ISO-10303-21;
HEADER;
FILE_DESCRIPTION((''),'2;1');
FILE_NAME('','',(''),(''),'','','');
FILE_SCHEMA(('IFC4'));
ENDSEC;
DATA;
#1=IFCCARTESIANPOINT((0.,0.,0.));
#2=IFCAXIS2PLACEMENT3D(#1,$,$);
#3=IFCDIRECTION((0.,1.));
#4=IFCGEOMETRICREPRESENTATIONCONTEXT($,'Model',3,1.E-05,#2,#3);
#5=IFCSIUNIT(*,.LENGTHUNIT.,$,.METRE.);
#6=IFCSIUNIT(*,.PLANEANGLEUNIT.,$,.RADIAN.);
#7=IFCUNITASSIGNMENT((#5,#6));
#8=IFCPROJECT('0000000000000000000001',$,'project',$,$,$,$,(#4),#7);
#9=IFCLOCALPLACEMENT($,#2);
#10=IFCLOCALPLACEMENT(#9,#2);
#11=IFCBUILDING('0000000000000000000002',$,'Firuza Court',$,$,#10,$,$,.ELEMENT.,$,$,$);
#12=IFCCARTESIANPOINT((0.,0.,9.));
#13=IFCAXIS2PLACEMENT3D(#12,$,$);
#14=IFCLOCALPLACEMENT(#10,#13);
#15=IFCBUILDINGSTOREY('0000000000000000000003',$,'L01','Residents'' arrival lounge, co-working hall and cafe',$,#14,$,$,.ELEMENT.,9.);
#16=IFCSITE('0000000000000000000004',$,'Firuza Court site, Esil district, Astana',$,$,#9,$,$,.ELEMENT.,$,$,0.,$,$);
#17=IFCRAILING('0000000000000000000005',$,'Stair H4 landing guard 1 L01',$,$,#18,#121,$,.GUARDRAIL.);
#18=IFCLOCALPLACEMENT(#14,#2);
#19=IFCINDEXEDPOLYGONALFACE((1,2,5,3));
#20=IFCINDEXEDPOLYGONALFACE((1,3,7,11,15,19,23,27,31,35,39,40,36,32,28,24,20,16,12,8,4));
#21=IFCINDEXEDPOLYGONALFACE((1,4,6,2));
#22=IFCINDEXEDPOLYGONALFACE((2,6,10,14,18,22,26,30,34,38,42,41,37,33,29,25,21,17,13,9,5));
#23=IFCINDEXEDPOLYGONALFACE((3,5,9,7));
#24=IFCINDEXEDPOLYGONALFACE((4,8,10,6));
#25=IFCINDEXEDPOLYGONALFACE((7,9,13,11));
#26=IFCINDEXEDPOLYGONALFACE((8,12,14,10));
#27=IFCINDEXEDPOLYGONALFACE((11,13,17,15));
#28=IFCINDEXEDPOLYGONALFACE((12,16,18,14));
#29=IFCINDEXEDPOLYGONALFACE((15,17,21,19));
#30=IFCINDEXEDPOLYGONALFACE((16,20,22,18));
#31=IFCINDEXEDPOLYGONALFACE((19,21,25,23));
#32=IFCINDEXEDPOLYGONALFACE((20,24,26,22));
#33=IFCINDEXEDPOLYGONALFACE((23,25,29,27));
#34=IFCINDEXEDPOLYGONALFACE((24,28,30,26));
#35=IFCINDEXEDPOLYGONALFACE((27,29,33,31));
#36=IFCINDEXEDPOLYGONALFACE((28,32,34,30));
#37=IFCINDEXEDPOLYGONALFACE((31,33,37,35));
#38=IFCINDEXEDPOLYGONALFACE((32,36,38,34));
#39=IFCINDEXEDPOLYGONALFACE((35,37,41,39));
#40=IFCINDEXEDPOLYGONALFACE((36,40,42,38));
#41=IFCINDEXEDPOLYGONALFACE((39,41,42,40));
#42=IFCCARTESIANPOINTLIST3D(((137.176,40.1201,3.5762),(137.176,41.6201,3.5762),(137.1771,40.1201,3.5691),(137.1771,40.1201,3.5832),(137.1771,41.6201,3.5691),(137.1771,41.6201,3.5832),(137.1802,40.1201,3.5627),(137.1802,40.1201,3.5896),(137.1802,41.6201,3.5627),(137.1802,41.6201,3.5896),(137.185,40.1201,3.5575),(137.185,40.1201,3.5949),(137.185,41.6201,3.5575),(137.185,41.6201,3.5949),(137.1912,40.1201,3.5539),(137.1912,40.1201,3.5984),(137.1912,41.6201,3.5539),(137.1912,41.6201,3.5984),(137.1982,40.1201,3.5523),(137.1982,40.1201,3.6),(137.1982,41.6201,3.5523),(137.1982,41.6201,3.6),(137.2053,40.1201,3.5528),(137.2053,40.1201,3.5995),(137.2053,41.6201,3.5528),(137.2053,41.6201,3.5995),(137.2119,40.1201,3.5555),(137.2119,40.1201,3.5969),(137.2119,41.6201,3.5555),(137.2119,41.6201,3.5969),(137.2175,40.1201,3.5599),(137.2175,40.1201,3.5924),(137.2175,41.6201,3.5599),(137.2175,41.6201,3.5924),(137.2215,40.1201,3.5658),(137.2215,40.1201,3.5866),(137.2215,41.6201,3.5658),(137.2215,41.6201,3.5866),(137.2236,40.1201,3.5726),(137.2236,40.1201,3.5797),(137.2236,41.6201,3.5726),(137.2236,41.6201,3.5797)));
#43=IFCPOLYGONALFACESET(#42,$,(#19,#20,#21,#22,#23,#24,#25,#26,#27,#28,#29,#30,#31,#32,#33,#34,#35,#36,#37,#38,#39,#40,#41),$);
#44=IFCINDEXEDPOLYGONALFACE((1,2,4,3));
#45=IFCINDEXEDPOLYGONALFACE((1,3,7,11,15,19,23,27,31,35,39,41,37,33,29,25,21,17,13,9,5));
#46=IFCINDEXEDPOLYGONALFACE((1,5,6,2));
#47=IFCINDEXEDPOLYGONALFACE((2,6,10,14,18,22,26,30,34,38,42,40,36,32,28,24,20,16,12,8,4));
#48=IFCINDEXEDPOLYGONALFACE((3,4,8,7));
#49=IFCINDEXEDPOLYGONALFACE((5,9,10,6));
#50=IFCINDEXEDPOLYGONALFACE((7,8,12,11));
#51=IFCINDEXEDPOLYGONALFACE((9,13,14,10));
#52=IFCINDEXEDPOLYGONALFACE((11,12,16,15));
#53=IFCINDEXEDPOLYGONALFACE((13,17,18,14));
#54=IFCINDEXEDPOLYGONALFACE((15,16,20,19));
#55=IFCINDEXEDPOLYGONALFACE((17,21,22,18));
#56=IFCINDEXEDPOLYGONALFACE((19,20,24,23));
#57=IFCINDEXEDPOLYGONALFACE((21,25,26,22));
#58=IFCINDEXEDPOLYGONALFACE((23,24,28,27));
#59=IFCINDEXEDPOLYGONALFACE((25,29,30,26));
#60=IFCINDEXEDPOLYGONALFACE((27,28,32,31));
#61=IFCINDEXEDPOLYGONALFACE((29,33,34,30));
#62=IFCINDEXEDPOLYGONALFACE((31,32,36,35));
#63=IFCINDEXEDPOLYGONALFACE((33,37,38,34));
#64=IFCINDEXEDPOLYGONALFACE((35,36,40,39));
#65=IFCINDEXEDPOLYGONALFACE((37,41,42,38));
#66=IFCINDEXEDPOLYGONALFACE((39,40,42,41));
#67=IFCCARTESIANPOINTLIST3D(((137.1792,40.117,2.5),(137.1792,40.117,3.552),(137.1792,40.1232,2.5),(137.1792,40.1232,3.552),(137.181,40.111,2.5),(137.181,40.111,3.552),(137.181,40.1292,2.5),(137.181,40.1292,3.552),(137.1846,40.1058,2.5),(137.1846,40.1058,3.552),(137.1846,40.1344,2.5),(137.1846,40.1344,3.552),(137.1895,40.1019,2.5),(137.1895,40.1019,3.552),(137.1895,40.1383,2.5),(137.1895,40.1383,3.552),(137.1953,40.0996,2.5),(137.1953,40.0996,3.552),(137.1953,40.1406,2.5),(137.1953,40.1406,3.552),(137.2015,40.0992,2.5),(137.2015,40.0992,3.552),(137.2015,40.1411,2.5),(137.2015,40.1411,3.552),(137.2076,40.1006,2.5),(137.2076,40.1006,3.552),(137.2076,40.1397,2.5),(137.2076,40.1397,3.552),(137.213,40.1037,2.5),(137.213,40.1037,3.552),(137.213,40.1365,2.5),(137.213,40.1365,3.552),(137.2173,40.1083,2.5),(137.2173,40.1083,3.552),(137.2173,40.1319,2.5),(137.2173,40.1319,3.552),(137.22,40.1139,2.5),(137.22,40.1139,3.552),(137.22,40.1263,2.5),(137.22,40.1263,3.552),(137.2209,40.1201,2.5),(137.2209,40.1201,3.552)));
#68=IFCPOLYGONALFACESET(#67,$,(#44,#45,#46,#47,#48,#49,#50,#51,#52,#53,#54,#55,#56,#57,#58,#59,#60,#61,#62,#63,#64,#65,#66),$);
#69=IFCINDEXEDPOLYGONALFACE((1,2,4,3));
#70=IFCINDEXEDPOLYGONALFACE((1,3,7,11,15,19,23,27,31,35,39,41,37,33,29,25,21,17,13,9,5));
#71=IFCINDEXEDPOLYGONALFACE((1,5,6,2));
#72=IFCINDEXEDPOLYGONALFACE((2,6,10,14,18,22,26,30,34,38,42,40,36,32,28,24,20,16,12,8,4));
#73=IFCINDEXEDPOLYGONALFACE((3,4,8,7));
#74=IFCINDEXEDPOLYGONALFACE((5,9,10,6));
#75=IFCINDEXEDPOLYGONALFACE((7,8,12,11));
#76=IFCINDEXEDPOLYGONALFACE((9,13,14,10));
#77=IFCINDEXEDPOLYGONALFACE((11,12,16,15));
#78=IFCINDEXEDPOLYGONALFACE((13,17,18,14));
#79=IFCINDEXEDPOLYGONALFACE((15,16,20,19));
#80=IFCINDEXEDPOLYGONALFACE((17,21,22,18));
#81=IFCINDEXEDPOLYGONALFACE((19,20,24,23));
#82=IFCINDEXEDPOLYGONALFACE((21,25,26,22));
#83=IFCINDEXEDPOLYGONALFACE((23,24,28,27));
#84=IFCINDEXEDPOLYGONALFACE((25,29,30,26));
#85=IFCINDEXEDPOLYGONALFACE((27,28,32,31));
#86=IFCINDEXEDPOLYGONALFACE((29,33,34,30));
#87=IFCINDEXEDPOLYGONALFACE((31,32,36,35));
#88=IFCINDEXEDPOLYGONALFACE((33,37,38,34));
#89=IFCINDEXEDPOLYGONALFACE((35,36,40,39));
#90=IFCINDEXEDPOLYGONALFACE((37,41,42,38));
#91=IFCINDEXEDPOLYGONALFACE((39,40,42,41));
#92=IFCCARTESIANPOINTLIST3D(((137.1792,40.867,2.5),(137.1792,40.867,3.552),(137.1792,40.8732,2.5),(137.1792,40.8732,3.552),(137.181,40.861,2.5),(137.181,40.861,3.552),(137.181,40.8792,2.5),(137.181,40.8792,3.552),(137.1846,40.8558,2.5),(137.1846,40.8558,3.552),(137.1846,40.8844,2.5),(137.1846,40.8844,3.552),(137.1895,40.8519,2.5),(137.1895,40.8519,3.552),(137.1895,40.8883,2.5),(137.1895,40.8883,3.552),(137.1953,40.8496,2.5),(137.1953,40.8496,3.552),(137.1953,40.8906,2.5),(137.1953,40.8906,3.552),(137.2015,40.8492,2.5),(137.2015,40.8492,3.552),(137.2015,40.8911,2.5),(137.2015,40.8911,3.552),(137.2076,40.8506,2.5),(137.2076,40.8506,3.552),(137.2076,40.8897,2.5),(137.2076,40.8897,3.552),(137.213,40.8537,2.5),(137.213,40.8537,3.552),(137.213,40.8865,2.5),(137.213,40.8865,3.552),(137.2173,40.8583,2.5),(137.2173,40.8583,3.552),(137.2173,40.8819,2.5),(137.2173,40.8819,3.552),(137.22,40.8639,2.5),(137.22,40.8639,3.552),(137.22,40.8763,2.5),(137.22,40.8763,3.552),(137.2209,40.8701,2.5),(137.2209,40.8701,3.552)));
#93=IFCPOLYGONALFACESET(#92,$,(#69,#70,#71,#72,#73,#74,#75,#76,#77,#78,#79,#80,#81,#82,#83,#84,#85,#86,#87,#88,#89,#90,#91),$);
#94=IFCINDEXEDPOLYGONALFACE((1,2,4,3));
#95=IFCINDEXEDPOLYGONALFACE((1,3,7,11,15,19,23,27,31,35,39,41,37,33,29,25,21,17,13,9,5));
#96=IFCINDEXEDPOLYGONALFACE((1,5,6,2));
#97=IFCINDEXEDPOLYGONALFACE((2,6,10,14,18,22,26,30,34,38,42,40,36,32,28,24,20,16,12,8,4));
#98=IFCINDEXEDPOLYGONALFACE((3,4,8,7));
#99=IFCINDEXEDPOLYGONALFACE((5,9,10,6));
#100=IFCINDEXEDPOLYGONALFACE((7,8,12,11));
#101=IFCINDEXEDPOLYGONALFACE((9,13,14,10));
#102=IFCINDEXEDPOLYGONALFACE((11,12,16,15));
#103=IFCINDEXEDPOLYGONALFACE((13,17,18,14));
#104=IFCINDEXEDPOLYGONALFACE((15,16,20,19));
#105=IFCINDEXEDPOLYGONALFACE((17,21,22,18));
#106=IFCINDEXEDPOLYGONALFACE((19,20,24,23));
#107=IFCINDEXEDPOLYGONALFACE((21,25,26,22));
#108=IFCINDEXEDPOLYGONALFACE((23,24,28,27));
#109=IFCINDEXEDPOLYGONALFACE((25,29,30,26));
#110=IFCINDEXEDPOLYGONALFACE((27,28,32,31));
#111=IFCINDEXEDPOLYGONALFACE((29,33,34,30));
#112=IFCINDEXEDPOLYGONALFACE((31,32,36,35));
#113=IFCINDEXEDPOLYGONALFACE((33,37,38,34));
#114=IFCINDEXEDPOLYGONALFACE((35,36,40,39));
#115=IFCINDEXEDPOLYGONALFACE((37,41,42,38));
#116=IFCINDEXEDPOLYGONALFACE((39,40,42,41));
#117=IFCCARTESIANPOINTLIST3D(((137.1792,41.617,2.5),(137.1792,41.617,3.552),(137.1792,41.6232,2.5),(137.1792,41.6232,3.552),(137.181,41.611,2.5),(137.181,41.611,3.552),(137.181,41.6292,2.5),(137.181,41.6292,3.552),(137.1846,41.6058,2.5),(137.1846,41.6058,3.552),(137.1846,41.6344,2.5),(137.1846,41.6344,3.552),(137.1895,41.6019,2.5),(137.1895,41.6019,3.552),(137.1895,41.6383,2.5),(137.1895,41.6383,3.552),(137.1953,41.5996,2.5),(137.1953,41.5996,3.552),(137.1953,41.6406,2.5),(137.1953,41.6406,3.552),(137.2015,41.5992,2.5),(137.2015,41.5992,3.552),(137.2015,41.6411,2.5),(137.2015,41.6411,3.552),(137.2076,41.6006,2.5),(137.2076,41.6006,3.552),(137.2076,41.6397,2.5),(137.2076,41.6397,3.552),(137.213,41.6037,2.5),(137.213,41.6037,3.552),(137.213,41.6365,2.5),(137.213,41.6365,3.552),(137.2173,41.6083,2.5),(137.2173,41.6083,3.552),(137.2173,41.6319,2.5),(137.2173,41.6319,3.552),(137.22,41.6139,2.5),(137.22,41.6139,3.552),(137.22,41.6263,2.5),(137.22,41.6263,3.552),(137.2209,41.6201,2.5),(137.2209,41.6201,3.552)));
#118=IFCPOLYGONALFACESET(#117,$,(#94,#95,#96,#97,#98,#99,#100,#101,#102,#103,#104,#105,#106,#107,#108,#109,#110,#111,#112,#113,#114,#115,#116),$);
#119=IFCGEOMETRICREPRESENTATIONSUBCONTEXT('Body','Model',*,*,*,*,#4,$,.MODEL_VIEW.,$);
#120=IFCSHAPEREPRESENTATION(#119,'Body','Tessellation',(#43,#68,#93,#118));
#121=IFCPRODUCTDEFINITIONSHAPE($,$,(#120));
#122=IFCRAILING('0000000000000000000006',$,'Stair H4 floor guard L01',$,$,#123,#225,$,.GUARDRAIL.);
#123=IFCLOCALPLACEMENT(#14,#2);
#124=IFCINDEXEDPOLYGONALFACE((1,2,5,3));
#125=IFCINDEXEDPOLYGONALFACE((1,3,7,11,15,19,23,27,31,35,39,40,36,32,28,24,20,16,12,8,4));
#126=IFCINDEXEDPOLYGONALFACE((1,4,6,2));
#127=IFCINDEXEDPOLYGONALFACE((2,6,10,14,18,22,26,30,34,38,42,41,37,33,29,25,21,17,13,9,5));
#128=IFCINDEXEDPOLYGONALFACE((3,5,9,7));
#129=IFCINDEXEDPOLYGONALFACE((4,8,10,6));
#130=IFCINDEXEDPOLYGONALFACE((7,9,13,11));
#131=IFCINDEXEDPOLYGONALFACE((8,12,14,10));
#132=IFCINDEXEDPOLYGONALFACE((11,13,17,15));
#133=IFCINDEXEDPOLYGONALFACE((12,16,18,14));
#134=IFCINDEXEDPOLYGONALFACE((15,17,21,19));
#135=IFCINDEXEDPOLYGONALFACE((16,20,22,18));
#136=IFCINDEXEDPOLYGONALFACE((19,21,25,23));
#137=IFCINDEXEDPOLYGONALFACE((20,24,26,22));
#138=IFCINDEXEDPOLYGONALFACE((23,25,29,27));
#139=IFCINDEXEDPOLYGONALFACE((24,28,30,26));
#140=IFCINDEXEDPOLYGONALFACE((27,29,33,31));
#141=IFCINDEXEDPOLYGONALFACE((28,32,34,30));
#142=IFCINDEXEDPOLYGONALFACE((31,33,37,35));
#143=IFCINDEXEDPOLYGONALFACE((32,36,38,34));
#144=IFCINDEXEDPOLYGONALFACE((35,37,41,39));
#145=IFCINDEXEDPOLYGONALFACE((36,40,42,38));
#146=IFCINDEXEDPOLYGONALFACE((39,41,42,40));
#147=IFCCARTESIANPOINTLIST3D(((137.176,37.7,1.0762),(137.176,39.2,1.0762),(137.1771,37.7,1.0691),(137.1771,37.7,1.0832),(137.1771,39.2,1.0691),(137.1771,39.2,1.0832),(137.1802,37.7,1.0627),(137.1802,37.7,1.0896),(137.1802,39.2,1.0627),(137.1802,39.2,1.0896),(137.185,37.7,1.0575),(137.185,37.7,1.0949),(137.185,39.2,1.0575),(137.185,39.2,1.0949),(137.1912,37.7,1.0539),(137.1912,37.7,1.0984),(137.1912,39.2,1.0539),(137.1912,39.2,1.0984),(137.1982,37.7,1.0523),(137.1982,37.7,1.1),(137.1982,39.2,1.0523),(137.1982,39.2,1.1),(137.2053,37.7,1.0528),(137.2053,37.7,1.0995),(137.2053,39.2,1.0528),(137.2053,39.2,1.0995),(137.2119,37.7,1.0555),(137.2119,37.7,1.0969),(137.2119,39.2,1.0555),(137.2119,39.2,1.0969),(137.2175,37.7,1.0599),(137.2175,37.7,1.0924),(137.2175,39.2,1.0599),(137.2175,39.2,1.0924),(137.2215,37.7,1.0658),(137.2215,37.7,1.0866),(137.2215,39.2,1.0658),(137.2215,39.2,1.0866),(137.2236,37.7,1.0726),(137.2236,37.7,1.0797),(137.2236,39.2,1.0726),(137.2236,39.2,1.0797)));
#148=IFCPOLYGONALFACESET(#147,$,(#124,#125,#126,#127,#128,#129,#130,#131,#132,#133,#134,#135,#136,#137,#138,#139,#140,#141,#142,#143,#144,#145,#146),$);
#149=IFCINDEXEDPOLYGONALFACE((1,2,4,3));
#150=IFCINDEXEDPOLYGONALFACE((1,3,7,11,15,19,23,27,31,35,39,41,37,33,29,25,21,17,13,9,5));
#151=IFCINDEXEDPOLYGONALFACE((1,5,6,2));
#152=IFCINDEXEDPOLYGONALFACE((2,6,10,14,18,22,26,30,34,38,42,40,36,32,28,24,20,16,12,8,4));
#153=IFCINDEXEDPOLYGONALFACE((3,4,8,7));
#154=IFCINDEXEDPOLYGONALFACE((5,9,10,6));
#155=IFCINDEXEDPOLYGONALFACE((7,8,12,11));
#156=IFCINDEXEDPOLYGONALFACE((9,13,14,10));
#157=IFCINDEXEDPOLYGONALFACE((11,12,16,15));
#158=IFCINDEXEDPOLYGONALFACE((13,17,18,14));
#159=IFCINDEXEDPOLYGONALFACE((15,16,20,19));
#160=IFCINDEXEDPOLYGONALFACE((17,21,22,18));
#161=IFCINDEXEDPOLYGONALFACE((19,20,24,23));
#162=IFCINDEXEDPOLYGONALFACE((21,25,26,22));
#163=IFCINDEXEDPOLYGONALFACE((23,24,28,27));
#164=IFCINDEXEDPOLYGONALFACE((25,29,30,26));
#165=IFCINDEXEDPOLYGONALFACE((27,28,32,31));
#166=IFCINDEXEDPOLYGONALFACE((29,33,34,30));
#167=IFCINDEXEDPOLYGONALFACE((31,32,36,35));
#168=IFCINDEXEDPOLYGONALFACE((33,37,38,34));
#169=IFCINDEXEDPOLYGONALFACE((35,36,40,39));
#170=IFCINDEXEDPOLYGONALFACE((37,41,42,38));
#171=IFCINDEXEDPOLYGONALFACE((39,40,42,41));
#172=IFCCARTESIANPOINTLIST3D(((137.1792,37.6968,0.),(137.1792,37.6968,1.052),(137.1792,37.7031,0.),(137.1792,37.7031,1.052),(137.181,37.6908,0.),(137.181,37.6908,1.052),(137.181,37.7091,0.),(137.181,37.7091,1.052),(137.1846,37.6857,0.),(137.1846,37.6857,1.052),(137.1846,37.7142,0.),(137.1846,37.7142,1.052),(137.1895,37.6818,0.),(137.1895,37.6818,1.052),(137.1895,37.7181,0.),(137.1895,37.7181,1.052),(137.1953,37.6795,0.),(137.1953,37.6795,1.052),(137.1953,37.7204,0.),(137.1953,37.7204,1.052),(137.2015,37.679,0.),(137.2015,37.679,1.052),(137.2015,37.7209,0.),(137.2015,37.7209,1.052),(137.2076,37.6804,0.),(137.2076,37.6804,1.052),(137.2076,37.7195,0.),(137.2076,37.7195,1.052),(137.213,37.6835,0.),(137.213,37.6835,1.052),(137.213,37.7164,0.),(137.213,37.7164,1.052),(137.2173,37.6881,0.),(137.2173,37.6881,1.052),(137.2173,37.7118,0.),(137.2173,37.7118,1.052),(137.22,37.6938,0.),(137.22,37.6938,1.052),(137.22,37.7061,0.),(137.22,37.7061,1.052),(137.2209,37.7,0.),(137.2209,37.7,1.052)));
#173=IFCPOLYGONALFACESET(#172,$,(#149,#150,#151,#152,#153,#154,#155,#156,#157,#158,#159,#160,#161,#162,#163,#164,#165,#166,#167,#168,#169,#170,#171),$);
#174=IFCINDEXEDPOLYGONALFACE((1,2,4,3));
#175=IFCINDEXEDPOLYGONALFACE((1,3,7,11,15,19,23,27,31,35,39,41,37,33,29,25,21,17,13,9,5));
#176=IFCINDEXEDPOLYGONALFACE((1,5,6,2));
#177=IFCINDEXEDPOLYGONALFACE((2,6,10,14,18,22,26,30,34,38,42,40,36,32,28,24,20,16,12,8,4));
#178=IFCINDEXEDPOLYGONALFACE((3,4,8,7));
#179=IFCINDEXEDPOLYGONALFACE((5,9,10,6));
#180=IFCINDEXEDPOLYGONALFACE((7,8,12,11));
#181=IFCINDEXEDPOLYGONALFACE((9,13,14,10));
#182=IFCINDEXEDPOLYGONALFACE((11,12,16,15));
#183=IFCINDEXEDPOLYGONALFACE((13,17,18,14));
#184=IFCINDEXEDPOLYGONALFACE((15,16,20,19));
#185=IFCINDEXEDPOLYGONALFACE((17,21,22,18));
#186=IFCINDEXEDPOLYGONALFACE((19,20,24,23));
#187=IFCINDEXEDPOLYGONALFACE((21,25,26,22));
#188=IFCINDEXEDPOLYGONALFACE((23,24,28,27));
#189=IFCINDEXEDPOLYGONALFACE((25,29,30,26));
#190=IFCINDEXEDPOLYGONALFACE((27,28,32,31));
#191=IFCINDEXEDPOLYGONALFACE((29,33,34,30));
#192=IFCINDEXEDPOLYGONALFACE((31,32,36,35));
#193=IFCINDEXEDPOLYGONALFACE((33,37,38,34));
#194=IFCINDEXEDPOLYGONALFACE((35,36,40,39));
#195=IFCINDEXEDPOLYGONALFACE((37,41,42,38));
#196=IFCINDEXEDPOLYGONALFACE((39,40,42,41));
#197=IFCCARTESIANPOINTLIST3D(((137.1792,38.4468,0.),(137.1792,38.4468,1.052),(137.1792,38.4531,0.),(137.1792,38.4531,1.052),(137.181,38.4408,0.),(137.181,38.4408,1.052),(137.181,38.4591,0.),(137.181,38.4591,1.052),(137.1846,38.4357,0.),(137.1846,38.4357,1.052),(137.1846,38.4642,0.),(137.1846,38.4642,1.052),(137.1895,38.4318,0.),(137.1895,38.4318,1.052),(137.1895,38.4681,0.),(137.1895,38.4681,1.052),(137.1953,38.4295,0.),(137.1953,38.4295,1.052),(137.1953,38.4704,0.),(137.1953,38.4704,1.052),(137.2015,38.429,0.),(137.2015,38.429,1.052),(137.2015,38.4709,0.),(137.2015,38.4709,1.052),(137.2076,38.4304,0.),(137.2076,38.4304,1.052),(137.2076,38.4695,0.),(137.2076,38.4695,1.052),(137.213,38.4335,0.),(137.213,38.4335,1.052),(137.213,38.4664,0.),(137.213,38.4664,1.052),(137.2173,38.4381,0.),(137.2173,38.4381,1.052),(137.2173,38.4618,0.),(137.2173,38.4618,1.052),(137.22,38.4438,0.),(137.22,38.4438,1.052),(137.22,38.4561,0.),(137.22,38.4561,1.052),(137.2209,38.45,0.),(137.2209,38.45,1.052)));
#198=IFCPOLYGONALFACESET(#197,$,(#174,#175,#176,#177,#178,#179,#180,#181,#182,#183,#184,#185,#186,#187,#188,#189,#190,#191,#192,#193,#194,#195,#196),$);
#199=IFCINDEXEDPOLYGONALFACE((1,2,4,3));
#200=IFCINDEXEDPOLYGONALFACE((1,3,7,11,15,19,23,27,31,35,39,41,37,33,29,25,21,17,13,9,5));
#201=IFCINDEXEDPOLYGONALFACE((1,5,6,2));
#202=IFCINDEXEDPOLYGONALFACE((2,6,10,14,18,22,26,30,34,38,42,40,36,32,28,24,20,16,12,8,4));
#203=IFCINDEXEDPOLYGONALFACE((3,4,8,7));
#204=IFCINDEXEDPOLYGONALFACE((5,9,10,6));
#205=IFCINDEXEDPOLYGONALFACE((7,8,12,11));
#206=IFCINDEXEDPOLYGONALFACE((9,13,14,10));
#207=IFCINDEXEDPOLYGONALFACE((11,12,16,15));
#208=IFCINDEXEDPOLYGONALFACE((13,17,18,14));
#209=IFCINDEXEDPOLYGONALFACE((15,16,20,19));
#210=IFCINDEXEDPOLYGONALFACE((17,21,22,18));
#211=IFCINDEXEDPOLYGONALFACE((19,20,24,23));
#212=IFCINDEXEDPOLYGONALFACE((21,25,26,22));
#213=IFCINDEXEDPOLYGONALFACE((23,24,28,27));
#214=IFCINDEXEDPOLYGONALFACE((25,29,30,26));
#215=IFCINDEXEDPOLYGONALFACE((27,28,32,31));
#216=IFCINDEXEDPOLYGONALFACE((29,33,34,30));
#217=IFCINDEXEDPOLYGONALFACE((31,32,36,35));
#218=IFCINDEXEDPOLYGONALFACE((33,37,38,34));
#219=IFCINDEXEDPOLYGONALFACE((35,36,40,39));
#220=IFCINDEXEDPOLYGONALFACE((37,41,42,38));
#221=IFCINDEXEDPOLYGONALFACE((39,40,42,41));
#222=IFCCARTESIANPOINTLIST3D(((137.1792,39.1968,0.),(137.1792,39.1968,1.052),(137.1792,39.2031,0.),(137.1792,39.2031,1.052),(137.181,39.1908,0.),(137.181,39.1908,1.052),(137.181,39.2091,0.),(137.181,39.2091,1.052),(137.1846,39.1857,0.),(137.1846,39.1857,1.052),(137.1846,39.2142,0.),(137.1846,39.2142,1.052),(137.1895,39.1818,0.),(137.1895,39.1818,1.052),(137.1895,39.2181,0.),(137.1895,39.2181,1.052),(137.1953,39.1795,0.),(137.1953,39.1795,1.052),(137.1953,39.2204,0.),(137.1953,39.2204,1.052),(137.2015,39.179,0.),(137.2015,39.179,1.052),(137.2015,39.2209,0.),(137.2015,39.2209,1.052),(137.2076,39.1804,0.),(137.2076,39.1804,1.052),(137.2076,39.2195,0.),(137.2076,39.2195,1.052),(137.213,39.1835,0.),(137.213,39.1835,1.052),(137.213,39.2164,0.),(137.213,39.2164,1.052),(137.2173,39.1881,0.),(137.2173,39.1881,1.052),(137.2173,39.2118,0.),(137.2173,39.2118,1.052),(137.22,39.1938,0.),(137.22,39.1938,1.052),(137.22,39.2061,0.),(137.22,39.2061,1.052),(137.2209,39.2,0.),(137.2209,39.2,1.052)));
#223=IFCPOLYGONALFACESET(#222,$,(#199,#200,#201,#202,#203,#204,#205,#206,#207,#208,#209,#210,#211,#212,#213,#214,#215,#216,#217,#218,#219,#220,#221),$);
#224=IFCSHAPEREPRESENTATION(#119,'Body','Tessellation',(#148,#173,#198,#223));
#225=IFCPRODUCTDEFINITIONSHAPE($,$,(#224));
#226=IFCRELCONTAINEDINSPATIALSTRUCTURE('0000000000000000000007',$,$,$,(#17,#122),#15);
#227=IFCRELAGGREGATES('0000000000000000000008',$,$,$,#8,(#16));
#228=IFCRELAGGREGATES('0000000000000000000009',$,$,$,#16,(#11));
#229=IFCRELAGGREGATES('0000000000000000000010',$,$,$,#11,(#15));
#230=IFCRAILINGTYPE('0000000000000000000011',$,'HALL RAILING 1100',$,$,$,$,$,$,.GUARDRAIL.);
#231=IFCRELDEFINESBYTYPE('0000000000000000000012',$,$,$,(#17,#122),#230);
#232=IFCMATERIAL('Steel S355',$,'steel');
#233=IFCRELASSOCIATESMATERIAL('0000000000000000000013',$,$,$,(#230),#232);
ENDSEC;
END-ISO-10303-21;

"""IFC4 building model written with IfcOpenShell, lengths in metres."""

from ifc_helpers import new_model, si_unit, direction, frame, origin, origin_2d, place, context, subcontext, project, spatial, circle, extrude, material, type_object, element, save


model = new_model("IFC4")

# Units and contexts
model_context = context("Model", 3, precision=1e-05, world=origin(), true_north=direction((0.0, 1.0)))
body_context = subcontext(model_context, "Body", "Model", "MODEL_VIEW")
ifc_project = project(units=[si_unit("LENGTHUNIT", "METRE"), si_unit("PLANEANGLEUNIT", "RADIAN")], contexts=[model_context])

# Site, building, storey
site_placement = place(None, origin())
site = spatial("IfcSite", under=ifc_project, at=site_placement, Name="Firuza Court site, Esil district, Astana", CompositionType="ELEMENT", RefElevation=0.0)
building_placement = place(site_placement, origin())
building = spatial("IfcBuilding", under=site, at=building_placement, Name="Firuza Court", CompositionType="ELEMENT")
storey_placement = place(building_placement, frame((0.0, 0.0, 9.0)))
storey = spatial("IfcBuildingStorey", under=building, at=storey_placement, Name="L01", Description="Residents' arrival lounge, co-working hall and cafe", CompositionType="ELEMENT", Elevation=9.0)

# Railings
ifc_material_1 = material(Name="Steel S355", Category="steel")
railing_type_1 = type_object("IfcRailingType", Name="HALL RAILING 1100", PredefinedType="GUARDRAIL", material=ifc_material_1)
for number, where, name in (
    (1, (137.2, 40.1201, 2.5), "Stair H4 landing guard 1 L01"),
    (2, (137.2, 37.7, 0.0), "Stair H4 floor guard L01"),
):
    element("IfcRailing", number, at=place(storey_placement, frame(where)), inside=storey, type_object=railing_type_1, Name=name, PredefinedType="GUARDRAIL", context=body_context, shape_type="SweptSolid", body=[
        extrude(circle(Radius=0.0239, at=origin_2d()), frame((0.0, 0.0, 1.0762), z_axis=(0.0, 1.0, 0.0), x_axis=(-1.0, 0.0, 0.0)), (0.0, 0.0, 1.0), 1.5),
        extrude(circle(Radius=0.021, at=origin_2d()), origin(), (0.0, 0.0, 1.0), 1.052),
        extrude(circle(Radius=0.021, at=origin_2d()), frame((0.0, 0.75, 0.0)), (0.0, 0.0, 1.0), 1.052),
        extrude(circle(Radius=0.021, at=origin_2d()), frame((0.0, 1.5, 0.0)), (0.0, 0.0, 1.0), 1.052),
    ])

save(model, "model.ifc")
